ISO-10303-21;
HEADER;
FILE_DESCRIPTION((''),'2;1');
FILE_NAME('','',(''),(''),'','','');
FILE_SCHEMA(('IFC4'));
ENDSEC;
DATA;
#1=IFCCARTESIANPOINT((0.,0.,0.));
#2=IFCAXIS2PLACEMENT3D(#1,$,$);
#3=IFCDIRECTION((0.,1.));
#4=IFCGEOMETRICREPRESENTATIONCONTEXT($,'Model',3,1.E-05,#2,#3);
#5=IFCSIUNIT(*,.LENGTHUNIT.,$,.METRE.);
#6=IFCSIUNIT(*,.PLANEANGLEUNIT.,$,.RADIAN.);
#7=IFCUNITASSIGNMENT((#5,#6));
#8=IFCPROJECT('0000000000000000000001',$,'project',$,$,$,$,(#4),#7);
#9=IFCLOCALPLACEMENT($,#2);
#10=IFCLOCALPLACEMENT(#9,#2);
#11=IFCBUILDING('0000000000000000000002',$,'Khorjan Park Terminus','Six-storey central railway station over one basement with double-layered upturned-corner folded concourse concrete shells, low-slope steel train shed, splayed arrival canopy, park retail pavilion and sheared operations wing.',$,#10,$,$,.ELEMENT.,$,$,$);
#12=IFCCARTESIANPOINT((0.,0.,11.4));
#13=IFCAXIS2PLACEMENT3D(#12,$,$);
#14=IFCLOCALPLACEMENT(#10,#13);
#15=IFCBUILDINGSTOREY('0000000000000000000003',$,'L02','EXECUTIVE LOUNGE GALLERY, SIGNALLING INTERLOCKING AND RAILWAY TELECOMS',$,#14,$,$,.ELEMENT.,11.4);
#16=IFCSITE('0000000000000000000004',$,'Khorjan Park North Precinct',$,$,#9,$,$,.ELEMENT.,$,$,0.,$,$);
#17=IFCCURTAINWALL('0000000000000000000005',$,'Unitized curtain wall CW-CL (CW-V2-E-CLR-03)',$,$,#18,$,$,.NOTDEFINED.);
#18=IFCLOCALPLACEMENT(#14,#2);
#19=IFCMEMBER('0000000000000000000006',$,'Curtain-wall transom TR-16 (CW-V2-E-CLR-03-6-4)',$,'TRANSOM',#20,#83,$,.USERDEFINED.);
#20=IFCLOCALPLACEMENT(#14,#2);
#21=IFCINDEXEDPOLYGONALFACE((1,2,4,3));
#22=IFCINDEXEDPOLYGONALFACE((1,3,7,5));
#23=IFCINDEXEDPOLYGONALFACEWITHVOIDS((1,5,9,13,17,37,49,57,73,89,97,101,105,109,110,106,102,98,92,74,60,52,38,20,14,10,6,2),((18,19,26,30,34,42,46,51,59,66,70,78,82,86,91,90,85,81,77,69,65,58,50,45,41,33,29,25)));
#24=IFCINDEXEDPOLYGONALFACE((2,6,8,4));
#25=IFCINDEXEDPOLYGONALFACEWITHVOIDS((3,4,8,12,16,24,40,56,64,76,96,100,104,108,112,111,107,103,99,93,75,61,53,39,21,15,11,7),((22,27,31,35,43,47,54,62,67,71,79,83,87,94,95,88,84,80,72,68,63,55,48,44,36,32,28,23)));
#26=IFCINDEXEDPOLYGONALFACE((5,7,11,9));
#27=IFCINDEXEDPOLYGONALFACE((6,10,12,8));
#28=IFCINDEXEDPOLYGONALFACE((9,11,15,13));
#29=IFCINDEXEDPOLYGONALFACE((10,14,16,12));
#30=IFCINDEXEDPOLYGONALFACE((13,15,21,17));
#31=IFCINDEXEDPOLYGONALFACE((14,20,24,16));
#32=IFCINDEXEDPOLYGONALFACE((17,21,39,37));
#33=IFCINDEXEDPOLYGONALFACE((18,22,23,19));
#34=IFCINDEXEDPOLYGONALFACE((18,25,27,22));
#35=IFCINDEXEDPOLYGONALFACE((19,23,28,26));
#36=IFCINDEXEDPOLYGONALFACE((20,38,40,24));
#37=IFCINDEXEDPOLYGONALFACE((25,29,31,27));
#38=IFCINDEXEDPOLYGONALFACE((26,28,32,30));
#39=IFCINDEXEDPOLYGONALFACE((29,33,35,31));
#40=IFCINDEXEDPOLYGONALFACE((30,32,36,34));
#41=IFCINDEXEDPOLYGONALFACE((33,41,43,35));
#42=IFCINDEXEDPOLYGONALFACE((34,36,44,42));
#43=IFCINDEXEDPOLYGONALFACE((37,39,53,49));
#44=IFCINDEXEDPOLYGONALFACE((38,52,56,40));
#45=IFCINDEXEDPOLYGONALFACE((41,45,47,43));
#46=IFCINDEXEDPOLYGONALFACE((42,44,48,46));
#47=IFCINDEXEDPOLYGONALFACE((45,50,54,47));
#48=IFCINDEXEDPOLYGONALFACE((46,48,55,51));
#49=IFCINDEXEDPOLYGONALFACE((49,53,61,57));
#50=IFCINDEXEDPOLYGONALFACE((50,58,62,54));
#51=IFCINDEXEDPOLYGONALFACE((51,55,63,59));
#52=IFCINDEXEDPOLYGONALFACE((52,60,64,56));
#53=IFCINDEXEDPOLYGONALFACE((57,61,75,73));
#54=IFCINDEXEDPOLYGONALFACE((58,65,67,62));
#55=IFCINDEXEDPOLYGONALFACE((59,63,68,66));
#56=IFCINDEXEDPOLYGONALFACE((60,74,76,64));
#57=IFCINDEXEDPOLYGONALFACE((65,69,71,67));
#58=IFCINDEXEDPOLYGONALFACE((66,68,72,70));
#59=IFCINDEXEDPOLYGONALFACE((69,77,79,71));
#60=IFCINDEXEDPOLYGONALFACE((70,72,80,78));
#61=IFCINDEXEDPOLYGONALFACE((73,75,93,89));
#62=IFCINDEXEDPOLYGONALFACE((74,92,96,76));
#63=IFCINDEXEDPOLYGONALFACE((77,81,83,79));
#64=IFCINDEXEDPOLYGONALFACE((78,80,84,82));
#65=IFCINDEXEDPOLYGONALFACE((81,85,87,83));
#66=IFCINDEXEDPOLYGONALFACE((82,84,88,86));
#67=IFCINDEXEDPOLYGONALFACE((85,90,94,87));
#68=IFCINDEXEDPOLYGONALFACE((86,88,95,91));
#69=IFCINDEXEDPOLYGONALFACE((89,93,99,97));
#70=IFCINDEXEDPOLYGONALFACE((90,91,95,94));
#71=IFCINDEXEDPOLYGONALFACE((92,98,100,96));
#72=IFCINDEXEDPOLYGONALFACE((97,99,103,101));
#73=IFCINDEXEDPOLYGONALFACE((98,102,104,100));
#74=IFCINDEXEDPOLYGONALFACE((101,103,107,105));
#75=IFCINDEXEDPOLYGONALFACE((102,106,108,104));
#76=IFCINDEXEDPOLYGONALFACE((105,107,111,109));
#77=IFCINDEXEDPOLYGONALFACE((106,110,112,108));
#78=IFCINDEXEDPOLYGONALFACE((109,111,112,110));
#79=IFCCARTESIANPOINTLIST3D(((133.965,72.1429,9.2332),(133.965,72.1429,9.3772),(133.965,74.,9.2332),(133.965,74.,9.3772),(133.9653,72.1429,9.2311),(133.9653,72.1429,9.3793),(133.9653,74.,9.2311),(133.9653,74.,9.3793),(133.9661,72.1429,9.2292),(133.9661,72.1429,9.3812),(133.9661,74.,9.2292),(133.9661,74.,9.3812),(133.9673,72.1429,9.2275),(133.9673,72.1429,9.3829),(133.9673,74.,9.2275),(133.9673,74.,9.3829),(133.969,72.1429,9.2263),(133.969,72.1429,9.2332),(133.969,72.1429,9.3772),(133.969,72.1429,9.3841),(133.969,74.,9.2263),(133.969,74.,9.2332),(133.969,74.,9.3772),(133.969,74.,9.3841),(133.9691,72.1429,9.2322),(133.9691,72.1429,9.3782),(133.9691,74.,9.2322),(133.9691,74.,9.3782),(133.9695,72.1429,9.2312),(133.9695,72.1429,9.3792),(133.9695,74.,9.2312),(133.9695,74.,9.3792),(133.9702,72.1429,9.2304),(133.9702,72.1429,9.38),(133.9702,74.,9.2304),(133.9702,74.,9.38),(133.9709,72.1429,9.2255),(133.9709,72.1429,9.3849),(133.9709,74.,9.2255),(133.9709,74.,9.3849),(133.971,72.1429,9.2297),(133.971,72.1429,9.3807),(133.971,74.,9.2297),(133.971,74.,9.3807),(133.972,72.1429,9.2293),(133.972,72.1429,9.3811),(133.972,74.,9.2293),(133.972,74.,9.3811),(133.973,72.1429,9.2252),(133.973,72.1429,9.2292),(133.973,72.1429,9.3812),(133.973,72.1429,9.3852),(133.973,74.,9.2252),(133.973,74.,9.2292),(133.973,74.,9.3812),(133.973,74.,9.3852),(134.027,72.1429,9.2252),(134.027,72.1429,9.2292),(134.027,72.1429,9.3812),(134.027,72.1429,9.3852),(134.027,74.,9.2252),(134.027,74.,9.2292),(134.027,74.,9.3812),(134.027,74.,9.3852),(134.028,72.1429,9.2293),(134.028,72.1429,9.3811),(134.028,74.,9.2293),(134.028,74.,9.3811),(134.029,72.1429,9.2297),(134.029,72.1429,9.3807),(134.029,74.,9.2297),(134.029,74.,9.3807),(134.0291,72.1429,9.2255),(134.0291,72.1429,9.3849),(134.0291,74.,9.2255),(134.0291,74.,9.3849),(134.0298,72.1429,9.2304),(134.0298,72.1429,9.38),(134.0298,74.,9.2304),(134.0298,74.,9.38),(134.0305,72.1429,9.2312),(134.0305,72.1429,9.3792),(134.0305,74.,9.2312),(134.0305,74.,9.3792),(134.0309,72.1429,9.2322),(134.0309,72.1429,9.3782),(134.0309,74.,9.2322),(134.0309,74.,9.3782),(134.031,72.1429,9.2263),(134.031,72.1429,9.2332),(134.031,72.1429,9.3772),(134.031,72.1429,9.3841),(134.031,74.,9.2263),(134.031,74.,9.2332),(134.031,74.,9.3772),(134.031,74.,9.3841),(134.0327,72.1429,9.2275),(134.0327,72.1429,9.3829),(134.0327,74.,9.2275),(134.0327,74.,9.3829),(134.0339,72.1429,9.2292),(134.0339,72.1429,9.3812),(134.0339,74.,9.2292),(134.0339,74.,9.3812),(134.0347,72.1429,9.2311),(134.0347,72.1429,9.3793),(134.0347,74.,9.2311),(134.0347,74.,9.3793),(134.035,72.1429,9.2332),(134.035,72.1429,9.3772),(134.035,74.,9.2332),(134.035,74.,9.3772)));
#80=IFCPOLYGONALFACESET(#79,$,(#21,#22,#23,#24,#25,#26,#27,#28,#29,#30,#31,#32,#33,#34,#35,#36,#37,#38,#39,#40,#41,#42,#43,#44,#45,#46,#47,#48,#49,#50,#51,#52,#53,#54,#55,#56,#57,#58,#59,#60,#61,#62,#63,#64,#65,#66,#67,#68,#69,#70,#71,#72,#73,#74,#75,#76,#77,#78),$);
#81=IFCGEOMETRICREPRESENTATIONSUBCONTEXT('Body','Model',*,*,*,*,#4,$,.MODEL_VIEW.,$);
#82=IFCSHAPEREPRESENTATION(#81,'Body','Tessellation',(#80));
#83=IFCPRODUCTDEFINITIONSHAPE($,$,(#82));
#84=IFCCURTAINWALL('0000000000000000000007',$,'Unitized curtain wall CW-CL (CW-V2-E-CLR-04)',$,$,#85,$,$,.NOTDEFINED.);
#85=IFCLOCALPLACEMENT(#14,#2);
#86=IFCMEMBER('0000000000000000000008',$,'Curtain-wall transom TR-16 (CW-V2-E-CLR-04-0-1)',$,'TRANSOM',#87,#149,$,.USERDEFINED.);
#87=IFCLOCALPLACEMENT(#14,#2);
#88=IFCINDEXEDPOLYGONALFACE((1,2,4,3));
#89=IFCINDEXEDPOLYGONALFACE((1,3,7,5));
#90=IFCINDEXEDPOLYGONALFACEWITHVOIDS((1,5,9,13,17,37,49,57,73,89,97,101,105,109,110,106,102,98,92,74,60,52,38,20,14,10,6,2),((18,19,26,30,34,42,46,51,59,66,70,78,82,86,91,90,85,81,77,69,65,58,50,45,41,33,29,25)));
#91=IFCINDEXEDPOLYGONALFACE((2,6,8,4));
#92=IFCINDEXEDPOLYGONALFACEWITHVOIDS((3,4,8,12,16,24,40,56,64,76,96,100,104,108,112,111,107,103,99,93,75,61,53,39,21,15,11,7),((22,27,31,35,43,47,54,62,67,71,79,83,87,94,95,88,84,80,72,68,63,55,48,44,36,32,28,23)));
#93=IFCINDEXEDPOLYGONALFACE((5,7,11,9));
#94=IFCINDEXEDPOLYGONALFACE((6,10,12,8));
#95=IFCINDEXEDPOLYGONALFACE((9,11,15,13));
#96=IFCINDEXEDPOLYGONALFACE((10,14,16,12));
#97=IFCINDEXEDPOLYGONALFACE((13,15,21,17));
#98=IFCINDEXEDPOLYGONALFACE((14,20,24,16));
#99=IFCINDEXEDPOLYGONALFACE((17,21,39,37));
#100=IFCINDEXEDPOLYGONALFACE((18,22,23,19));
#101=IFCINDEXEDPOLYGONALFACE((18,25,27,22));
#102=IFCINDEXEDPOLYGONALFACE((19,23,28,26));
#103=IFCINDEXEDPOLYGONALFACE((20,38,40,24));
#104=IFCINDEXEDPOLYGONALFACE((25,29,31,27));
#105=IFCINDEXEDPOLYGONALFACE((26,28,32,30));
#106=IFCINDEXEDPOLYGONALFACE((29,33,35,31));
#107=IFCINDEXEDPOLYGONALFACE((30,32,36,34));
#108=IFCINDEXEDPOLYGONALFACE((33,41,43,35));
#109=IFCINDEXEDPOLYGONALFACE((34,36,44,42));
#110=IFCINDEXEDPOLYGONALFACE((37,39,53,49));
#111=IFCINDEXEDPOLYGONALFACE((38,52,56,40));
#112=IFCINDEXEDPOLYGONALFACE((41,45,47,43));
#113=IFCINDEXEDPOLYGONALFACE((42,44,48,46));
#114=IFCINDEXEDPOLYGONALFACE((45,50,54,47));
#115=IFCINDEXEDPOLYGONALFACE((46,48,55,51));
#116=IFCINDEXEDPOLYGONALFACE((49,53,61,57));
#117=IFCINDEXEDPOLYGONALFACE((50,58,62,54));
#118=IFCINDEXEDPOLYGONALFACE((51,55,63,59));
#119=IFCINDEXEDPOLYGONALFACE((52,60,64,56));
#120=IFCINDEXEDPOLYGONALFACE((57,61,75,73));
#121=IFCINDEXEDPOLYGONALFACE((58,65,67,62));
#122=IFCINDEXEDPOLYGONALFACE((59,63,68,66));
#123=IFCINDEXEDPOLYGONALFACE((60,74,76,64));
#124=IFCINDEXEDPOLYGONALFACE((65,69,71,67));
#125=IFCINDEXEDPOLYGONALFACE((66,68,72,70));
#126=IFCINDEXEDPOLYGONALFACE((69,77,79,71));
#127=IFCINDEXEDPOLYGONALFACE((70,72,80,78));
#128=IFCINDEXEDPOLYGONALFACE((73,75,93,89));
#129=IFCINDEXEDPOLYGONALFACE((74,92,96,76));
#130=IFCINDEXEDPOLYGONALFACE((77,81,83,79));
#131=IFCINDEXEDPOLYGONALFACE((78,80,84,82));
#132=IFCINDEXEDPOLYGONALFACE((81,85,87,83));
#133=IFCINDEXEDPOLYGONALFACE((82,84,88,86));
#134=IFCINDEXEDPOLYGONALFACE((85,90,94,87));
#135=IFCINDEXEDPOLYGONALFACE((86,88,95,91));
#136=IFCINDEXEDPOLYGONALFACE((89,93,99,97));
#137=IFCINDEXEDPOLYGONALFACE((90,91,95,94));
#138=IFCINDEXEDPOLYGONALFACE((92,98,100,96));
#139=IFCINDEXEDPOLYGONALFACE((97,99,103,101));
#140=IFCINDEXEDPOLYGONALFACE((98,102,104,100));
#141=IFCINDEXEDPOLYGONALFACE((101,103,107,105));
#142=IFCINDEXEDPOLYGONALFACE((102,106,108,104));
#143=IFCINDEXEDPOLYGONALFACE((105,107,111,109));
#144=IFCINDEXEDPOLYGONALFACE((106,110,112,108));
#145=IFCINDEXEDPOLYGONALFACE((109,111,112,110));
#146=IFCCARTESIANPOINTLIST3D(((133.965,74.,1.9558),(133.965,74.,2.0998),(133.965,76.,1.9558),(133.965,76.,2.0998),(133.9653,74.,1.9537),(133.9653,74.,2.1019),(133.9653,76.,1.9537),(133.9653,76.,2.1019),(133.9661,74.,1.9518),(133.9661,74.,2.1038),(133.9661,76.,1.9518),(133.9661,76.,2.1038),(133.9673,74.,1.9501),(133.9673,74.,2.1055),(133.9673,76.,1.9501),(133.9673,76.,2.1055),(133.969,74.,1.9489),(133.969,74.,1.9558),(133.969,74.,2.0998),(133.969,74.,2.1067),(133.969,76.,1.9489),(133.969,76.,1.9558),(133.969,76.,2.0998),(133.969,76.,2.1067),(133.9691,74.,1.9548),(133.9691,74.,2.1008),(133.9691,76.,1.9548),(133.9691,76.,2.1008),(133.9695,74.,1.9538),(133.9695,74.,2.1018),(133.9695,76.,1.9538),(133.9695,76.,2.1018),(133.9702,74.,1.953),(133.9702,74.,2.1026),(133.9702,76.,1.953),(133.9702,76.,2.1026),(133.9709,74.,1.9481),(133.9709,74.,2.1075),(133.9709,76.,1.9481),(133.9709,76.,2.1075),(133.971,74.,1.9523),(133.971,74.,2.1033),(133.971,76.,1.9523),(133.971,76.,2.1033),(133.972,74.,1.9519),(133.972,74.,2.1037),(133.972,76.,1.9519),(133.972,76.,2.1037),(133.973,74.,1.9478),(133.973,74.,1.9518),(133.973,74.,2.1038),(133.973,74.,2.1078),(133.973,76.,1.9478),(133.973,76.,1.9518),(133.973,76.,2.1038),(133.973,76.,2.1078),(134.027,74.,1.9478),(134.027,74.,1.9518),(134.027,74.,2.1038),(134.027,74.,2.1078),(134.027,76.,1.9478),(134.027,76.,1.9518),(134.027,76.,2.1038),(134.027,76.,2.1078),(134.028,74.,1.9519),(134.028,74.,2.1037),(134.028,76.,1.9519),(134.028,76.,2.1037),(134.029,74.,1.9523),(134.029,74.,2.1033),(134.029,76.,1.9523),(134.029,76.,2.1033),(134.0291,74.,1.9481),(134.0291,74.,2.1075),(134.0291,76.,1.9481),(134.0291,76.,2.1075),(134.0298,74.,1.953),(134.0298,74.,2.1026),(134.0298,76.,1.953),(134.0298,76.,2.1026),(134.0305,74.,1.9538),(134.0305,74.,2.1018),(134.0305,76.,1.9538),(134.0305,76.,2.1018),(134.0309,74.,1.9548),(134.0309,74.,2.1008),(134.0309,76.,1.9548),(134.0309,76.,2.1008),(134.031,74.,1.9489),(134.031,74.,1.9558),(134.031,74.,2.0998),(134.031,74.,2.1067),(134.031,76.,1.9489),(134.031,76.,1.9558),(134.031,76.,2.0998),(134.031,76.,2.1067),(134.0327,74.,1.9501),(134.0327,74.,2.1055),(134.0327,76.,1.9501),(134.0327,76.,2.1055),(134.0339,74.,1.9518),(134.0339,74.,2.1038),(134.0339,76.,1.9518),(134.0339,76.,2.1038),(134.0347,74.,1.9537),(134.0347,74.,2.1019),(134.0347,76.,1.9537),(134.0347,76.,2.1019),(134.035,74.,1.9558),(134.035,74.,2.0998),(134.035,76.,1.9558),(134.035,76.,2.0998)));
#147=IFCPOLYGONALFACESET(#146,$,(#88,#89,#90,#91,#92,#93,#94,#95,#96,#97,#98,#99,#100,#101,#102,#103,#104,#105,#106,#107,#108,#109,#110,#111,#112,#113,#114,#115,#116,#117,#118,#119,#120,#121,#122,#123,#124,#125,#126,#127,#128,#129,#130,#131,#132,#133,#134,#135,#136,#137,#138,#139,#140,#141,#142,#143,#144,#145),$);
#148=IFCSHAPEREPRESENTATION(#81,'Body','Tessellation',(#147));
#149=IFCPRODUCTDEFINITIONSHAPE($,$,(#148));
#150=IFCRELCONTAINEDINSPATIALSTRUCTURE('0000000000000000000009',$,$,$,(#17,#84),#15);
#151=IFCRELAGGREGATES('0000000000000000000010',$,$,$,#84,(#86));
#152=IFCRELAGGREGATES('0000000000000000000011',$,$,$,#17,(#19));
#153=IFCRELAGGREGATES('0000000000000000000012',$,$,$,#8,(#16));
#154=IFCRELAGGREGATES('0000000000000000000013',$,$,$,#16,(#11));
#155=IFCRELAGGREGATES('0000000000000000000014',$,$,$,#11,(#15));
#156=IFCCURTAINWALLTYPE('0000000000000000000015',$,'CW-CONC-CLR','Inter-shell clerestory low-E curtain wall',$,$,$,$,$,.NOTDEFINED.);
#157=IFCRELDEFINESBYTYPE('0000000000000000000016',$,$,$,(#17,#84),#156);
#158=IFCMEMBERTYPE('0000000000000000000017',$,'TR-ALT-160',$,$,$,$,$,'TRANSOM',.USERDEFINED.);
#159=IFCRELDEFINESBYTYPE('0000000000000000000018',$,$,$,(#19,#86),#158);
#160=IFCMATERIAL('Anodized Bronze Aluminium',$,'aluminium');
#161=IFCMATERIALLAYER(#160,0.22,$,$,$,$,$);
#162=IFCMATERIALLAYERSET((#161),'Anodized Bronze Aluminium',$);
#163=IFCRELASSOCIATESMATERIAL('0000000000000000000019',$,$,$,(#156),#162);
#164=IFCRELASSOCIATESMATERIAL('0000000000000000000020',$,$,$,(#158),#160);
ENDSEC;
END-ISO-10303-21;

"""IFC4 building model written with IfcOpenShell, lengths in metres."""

from ifc_helpers import new_model, si_unit, direction, frame, origin, origin_2d, place, context, subcontext, project, spatial, hollow_rectangle, extrude, material, layer, layer_set, material_profile, profile_set, type_object, element, aggregate, save


model = new_model("IFC4")

# Units and contexts
model_context = context("Model", 3, precision=1e-05, world=origin(), true_north=direction((0.0, 1.0)))
body_context = subcontext(model_context, "Body", "Model", "MODEL_VIEW")
ifc_project = project(units=[si_unit("LENGTHUNIT", "METRE"), si_unit("PLANEANGLEUNIT", "RADIAN")], contexts=[model_context])

# Site, building, storey
site_placement = place(None, origin())
site = spatial("IfcSite", under=ifc_project, at=site_placement, Name="Khorjan Park North Precinct", CompositionType="ELEMENT", RefElevation=0.0)
building_placement = place(site_placement, origin())
building = spatial("IfcBuilding", under=site, at=building_placement, Name="Khorjan Park Terminus", Description="Six-storey central railway station over one basement with double-layered upturned-corner folded concourse concrete shells, low-slope steel train shed, splayed arrival canopy, park retail pavilion and sheared operations wing.", CompositionType="ELEMENT")
storey_placement = place(building_placement, frame((0.0, 0.0, 11.4)))
storey = spatial("IfcBuildingStorey", under=building, at=storey_placement, Name="L02", Description="EXECUTIVE LOUNGE GALLERY, SIGNALLING INTERLOCKING AND RAILWAY TELECOMS", CompositionType="ELEMENT", Elevation=11.4)

# Curtain wall
ifc_material_1 = material(Name="Anodized Bronze Aluminium", Category="aluminium")
ifc_layer_1 = layer(ifc_material_1, 0.22)
ifc_layer_set_1 = layer_set([ifc_layer_1], Name="Anodized Bronze Aluminium")
curtain_wall_type = type_object("IfcCurtainWallType", Name="CW-CONC-CLR", Description="Inter-shell clerestory low-E curtain wall", PredefinedType="NOTDEFINED", material=ifc_layer_set_1)
curtain_wall_1_placement = place(storey_placement, origin())
curtain_wall_1 = element("IfcCurtainWall", 1, at=curtain_wall_1_placement, inside=storey, type_object=curtain_wall_type, Name="Unitized curtain wall CW-CL (CW-V2-E-CLR-03)", PredefinedType="NOTDEFINED")

# Member
ifc_material_profile_1 = material_profile(ifc_material_1, hollow_rectangle(XDim=0.07, YDim=0.16, WallThickness=0.004, InnerFilletRadius=0.004, OuterFilletRadius=0.008, at=origin_2d()), Name="ALT 70x160x4")
ifc_profile_set_1 = profile_set([ifc_material_profile_1], Name="Anodized Bronze Aluminium")
member_type_1 = type_object("IfcMemberType", Name="TR-ALT-160", ElementType="TRANSOM", PredefinedType="USERDEFINED", material=ifc_profile_set_1)
member_1_placement = place(storey_placement, frame((134.0, 72.1429, 9.3052), z_axis=(0.0, 1.0, 0.0), x_axis=(-1.0, 0.0, 0.0)))
member_1 = element("IfcMember", 2, at=member_1_placement, type_object=member_type_1, Name="Curtain-wall transom TR-16 (CW-V2-E-CLR-03-6-4)", ObjectType="TRANSOM", PredefinedType="USERDEFINED", context=body_context, shape_type="SweptSolid", body=[
    extrude(hollow_rectangle(XDim=0.07, YDim=0.16, WallThickness=0.004, InnerFilletRadius=0.004, OuterFilletRadius=0.008, at=origin_2d()), origin(), (0.0, 0.0, 1.0), 1.8571),
])

# Curtain wall, member
curtain_wall_2_placement = place(storey_placement, origin())
curtain_wall_2 = element("IfcCurtainWall", 3, at=curtain_wall_2_placement, inside=storey, type_object=curtain_wall_type, Name="Unitized curtain wall CW-CL (CW-V2-E-CLR-04)", PredefinedType="NOTDEFINED")
member_2_placement = place(storey_placement, frame((134.0, 74.0, 2.0278), z_axis=(0.0, 1.0, 0.0), x_axis=(-1.0, 0.0, 0.0)))
member_2 = element("IfcMember", 4, at=member_2_placement, type_object=member_type_1, Name="Curtain-wall transom TR-16 (CW-V2-E-CLR-04-0-1)", ObjectType="TRANSOM", PredefinedType="USERDEFINED", context=body_context, shape_type="SweptSolid", body=[
    extrude(hollow_rectangle(XDim=0.07, YDim=0.16, WallThickness=0.004, InnerFilletRadius=0.004, OuterFilletRadius=0.008, at=origin_2d()), origin(), (0.0, 0.0, 1.0), 2.0),
])
aggregate(curtain_wall_2, [member_2])

aggregate(curtain_wall_1, [member_1])

save(model, "model.ifc")
